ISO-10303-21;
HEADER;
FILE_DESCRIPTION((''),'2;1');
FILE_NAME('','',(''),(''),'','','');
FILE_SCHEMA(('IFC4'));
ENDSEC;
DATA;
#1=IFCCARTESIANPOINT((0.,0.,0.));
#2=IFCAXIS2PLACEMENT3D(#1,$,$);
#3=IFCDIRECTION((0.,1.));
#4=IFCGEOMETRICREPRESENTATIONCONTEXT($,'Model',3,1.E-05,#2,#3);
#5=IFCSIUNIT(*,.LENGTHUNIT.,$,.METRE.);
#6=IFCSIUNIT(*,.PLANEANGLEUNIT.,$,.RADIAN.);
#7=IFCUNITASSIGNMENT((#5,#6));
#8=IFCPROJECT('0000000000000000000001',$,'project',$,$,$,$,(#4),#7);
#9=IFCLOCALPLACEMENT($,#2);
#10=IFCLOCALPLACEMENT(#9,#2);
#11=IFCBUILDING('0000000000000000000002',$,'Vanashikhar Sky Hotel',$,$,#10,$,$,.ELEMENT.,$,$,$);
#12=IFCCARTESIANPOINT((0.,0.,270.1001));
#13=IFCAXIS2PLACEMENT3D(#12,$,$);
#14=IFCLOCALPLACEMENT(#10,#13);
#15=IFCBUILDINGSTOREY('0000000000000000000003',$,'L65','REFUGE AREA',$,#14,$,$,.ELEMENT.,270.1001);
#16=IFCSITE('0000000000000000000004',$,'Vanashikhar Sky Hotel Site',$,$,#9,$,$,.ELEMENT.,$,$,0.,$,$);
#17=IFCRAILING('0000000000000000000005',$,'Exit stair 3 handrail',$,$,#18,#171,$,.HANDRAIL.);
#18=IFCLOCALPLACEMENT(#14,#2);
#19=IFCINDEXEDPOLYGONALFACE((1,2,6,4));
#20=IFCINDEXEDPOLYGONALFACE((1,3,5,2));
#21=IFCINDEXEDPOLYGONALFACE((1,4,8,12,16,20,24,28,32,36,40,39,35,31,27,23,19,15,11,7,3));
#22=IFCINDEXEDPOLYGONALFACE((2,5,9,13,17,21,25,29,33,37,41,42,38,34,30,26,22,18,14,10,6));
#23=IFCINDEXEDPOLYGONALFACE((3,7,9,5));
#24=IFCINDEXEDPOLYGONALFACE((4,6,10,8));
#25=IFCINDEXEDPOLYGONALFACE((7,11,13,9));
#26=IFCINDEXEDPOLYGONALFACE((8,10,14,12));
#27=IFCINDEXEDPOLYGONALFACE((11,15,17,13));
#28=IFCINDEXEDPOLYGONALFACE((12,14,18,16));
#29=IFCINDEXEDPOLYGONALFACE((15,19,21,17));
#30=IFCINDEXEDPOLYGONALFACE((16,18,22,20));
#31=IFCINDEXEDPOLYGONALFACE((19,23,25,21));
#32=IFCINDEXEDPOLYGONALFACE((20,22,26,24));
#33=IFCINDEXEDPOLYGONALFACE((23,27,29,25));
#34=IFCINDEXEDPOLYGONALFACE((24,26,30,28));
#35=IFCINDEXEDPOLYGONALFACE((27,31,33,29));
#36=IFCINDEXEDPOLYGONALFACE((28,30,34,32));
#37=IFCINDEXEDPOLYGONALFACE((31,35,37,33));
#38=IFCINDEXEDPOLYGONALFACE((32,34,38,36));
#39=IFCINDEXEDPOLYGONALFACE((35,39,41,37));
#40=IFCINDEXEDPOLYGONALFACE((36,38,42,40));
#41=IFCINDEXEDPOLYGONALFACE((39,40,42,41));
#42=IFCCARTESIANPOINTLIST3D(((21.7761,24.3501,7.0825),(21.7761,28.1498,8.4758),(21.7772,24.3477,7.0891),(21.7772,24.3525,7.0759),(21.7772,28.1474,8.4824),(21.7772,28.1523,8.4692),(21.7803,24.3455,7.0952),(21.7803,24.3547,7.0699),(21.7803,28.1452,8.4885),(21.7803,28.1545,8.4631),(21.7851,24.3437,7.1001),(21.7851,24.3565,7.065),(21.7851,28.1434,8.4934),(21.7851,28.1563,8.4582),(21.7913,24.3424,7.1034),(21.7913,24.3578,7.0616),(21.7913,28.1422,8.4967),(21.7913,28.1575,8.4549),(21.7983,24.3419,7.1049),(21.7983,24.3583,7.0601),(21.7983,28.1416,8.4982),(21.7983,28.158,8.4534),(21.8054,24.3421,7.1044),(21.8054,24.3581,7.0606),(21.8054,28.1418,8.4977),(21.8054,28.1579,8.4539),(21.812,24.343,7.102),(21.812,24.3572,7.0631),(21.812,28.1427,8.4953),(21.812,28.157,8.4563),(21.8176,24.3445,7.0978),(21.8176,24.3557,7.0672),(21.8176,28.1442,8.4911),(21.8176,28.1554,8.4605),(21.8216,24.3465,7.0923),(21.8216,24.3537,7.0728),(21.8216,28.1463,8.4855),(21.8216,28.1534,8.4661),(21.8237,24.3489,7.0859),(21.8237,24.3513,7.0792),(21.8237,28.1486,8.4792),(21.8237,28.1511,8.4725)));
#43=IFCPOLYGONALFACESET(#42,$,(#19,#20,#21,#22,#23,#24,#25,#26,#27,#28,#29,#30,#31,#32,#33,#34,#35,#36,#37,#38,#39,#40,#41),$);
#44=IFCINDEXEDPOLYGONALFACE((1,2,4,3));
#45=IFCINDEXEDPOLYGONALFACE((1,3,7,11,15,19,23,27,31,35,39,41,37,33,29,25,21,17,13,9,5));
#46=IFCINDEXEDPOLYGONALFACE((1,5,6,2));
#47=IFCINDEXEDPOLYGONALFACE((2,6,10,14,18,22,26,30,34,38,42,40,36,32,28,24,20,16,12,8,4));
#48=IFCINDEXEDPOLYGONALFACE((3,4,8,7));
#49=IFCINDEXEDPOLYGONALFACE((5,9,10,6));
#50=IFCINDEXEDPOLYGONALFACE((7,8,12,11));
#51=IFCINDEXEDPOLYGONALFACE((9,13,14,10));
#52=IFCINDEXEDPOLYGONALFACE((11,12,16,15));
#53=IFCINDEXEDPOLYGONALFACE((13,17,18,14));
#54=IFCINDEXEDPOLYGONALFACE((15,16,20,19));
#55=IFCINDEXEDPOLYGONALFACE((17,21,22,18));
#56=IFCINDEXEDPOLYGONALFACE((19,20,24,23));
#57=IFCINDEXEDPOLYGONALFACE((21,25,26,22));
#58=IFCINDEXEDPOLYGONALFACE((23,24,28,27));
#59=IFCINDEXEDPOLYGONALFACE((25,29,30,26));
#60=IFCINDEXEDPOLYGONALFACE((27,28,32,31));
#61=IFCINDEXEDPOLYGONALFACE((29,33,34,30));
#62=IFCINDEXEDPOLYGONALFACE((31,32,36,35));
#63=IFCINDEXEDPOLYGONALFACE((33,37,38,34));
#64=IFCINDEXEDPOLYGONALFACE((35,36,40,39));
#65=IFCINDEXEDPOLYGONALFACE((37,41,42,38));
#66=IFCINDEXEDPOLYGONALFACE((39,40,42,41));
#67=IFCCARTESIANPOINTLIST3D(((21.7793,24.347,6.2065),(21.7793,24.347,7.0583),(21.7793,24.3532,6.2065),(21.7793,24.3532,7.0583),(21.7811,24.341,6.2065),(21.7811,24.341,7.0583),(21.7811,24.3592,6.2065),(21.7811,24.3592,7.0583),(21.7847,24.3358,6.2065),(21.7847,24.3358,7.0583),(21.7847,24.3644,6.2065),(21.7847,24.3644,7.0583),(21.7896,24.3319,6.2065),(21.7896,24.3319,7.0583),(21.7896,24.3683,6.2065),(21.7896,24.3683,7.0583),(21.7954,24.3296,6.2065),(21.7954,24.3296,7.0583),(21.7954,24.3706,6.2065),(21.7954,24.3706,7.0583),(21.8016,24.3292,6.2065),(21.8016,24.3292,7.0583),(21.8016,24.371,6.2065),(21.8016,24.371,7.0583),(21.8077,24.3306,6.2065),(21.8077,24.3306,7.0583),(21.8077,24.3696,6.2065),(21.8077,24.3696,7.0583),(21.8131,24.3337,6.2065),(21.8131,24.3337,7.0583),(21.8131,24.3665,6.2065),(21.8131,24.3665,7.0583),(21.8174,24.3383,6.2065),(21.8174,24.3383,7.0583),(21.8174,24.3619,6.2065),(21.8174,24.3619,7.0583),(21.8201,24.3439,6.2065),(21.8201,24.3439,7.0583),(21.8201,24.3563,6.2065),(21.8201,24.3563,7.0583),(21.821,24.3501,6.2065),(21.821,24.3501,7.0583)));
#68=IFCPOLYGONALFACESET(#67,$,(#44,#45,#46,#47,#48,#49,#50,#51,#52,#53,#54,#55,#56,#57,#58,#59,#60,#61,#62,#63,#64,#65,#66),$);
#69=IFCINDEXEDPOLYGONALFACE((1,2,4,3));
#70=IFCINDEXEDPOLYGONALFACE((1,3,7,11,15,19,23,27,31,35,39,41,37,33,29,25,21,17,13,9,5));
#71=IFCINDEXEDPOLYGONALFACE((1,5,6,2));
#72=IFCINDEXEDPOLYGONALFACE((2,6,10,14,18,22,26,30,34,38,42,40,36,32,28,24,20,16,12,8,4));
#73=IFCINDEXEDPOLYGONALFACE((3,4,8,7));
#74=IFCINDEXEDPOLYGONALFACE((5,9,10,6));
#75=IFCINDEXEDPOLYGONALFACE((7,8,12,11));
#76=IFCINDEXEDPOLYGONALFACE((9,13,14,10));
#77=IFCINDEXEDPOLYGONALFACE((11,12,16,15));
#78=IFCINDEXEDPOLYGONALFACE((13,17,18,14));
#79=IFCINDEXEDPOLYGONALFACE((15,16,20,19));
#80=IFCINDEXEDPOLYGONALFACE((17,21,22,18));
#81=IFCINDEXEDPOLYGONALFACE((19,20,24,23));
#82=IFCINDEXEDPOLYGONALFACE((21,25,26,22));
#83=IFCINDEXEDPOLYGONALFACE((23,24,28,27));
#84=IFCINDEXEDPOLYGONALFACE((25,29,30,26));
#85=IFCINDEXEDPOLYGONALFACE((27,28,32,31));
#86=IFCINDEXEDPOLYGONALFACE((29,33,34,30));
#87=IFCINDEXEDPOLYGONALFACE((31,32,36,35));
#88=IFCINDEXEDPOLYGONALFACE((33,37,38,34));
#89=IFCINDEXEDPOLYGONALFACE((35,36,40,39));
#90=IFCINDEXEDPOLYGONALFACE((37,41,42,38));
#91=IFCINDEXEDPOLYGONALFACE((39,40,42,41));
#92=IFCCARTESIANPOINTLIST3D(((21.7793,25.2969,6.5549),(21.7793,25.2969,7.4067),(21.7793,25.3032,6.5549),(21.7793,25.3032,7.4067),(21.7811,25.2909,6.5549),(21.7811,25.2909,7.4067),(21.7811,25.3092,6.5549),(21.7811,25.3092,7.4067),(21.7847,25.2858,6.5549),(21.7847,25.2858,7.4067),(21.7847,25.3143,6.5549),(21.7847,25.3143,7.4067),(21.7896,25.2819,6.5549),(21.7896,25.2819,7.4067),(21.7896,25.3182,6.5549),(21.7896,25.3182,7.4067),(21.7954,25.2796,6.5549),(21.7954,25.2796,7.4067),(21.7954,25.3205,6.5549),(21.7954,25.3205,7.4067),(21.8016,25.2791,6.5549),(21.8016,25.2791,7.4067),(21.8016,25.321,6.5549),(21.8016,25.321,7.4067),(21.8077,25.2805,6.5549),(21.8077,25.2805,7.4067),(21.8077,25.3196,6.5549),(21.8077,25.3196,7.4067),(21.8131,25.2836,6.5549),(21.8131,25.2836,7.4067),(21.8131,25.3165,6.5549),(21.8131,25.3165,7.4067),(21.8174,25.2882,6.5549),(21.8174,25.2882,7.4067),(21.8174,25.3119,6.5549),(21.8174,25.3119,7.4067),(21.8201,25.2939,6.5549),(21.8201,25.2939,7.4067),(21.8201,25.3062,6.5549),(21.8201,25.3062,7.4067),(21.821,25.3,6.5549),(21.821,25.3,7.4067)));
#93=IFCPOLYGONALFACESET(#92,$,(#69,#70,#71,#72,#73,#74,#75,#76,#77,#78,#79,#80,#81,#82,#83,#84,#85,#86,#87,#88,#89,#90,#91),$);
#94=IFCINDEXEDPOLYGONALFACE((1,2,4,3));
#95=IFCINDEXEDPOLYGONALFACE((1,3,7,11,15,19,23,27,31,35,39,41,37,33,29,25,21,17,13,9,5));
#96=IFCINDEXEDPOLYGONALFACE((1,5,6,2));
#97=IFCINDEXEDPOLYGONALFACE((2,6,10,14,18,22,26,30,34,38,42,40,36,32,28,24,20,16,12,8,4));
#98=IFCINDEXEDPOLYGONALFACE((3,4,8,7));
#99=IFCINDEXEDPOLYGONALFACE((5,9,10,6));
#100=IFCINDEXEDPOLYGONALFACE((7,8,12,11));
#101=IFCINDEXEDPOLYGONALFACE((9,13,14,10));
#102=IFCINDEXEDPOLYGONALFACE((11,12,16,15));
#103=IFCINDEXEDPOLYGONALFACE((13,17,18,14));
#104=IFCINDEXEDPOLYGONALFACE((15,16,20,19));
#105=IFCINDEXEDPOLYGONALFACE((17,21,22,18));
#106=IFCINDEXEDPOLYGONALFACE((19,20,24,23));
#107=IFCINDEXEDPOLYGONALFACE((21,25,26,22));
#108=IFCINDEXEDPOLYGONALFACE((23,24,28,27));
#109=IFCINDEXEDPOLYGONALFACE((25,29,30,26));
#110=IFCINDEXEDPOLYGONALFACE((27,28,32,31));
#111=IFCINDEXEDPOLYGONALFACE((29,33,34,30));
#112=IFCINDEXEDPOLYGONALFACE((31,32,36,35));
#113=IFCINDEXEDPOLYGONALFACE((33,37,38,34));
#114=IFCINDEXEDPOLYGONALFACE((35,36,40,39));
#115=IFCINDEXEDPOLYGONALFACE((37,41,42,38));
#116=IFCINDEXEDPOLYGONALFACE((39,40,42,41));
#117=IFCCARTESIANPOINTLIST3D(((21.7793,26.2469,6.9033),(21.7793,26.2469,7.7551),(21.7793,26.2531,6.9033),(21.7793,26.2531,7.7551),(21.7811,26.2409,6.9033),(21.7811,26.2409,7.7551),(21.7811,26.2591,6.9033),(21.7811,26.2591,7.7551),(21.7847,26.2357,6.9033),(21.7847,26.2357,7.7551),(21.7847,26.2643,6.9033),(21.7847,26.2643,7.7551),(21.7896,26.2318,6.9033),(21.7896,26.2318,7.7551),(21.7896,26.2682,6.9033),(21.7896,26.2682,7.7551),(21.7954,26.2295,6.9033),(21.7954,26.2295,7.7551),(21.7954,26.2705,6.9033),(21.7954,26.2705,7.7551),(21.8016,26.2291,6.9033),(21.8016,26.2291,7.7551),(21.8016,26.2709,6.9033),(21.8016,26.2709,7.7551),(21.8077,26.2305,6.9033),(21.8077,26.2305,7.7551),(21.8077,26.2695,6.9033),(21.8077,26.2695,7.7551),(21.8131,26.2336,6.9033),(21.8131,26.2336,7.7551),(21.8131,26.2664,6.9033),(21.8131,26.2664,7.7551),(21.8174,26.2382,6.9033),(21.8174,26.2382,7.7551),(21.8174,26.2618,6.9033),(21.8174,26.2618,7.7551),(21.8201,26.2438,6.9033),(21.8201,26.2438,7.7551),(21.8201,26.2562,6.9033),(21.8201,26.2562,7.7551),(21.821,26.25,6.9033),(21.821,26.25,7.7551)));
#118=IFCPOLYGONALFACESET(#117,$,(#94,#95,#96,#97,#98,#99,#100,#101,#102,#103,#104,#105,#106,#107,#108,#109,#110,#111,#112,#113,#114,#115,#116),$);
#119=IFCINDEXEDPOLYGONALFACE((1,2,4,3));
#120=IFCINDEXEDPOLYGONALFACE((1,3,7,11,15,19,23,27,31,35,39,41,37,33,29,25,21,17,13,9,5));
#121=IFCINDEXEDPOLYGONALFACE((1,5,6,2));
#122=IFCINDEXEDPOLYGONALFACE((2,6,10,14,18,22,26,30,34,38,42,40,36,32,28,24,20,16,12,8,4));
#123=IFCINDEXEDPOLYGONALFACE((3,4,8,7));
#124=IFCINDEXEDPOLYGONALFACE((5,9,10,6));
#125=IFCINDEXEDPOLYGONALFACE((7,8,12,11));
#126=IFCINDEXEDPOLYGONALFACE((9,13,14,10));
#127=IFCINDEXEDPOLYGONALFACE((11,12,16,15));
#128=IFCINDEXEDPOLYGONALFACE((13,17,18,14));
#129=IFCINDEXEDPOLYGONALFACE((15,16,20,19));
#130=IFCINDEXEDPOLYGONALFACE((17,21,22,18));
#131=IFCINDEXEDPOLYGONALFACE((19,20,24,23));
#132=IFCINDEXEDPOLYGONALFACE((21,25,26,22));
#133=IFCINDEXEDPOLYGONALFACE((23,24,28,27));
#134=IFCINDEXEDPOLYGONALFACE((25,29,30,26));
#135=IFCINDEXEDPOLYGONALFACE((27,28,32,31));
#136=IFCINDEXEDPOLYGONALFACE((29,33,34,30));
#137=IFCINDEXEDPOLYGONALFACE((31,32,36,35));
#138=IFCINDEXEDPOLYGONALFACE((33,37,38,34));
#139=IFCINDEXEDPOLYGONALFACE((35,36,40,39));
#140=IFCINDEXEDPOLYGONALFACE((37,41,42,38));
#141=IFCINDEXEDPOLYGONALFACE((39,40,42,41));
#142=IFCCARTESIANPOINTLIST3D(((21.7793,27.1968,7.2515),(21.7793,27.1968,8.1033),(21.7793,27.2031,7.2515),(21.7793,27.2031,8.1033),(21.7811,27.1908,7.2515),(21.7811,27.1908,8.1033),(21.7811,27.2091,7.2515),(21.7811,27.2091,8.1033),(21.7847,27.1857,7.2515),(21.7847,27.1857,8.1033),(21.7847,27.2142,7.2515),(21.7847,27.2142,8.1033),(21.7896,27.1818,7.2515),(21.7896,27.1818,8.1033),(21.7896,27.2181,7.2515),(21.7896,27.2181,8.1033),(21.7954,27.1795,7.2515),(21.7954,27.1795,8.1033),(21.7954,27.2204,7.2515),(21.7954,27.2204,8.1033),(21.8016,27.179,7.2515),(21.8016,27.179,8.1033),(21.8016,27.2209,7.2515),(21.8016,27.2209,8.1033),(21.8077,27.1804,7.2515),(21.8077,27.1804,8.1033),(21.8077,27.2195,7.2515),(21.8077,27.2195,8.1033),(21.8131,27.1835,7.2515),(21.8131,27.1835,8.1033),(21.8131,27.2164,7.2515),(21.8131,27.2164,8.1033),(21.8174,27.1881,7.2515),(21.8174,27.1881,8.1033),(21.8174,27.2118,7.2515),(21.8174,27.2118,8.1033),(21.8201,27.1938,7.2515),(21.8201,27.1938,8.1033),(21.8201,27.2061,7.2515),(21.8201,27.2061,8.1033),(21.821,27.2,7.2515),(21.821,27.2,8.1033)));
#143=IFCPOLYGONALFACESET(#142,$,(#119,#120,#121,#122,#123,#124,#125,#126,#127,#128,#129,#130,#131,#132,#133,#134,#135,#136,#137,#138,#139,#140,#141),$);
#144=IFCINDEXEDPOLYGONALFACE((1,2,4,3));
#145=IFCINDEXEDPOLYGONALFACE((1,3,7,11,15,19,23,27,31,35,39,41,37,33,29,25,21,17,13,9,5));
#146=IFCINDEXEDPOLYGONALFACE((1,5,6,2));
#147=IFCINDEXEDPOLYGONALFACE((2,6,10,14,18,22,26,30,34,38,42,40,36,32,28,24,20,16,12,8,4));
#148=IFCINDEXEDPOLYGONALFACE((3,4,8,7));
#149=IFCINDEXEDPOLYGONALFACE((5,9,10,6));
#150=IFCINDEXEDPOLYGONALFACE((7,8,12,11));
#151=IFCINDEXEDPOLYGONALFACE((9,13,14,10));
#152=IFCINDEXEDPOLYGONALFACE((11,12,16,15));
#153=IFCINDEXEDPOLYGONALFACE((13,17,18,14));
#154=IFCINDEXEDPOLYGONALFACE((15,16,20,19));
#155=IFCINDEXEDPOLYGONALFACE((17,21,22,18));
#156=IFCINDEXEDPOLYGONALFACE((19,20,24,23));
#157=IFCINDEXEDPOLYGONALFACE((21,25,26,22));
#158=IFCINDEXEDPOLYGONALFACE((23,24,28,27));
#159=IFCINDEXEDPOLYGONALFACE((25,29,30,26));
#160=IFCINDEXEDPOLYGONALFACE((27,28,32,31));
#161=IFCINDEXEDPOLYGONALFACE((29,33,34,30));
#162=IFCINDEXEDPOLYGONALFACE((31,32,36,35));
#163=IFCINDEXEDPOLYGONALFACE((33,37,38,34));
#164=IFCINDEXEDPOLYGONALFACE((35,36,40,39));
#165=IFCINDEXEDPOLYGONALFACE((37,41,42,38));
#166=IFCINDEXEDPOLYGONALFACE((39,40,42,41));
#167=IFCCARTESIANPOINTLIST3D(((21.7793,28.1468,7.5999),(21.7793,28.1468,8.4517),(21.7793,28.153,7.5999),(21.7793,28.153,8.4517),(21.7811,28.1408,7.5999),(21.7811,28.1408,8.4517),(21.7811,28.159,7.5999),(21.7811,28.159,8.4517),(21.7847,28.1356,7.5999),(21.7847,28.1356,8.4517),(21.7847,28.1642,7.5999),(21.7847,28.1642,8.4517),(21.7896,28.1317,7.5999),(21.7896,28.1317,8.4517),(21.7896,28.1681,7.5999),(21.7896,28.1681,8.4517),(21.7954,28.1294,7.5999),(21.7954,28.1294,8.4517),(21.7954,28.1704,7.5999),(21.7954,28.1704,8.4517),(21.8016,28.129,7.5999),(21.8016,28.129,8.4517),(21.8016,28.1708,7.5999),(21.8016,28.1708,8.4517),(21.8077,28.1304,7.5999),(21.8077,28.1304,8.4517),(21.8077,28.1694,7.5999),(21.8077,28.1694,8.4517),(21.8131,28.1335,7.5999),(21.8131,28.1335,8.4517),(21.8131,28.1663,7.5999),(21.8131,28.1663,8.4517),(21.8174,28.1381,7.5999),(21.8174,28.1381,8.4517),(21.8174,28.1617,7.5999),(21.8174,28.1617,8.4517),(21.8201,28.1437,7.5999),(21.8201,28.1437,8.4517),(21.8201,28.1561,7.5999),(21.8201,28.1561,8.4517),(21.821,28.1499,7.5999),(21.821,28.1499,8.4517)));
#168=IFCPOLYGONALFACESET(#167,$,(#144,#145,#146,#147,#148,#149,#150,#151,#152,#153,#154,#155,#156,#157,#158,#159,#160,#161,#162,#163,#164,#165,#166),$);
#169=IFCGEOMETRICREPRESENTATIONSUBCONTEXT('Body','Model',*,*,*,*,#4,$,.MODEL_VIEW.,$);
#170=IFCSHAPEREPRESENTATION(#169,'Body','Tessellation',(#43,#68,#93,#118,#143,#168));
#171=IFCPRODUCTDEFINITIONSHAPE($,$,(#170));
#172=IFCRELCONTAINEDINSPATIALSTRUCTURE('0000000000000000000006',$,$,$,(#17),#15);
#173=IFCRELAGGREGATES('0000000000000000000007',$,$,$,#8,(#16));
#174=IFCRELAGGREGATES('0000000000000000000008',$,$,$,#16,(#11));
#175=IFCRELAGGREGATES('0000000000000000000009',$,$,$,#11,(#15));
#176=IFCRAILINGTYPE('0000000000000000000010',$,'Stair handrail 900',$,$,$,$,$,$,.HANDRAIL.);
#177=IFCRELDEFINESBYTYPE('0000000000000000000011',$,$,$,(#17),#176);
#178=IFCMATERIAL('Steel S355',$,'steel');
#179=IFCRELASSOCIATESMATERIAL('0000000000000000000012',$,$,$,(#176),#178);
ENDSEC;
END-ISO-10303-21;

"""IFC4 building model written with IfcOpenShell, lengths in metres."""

from ifc_helpers import new_model, si_unit, direction, frame, origin, origin_2d, place, context, subcontext, project, spatial, circle, extrude, source, transform, mapped, material, type_object, element, save


model = new_model("IFC4")

# Units and contexts
model_context = context("Model", 3, precision=1e-05, world=origin(), true_north=direction((0.0, 1.0)))
body_context = subcontext(model_context, "Body", "Model", "MODEL_VIEW")
ifc_project = project(units=[si_unit("LENGTHUNIT", "METRE"), si_unit("PLANEANGLEUNIT", "RADIAN")], contexts=[model_context])

# Site, building, storey
site_placement = place(None, origin())
site = spatial("IfcSite", under=ifc_project, at=site_placement, Name="Vanashikhar Sky Hotel Site", CompositionType="ELEMENT", RefElevation=0.0)
building_placement = place(site_placement, origin())
building = spatial("IfcBuilding", under=site, at=building_placement, Name="Vanashikhar Sky Hotel", CompositionType="ELEMENT")
storey_placement = place(building_placement, frame((0.0, 0.0, 270.1001)))
storey = spatial("IfcBuildingStorey", under=building, at=storey_placement, Name="L65", Description="REFUGE AREA", CompositionType="ELEMENT", Elevation=270.1001)

# Railing
ifc_material_1 = material(Name="Steel S355", Category="steel")
railing_type_1 = type_object("IfcRailingType", Name="Stair handrail 900", PredefinedType="HANDRAIL", material=ifc_material_1)
shared_shape_1 = source(origin(), body_context, "Body", "SweptSolid", [
    extrude(circle(Radius=0.0239, at=origin_2d()), frame((0.0, 0.0, 0.876), z_axis=(0.0, 0.938872, 0.344265), x_axis=(-1.0, 0.0, 0.0)), (0.0, 0.0, 1.0), 4.0471),
    extrude(circle(Radius=0.021, at=origin_2d()), origin(), (0.0, 0.0, 1.0), 0.8518),
    extrude(circle(Radius=0.021, at=origin_2d()), frame((0.0, 0.95, 0.3484)), (0.0, 0.0, 1.0), 0.8518),
    extrude(circle(Radius=0.021, at=origin_2d()), frame((0.0, 1.8999, 0.6968)), (0.0, 0.0, 1.0), 0.8518),
    extrude(circle(Radius=0.021, at=origin_2d()), frame((0.0, 2.8499, 1.0449)), (0.0, 0.0, 1.0), 0.8518),
    extrude(circle(Radius=0.021, at=origin_2d()), frame((0.0, 3.7998, 1.3933)), (0.0, 0.0, 1.0), 0.8518),
])
for number, where, name in (
    (1, (21.8, 24.3501, 6.2065), "Exit stair 3 handrail"),
):
    element("IfcRailing", number, at=place(storey_placement, frame(where)), inside=storey, type_object=railing_type_1, Name=name, PredefinedType="HANDRAIL", context=body_context, shape_type="MappedRepresentation", body=[
        mapped(shared_shape_1, transform((0.0, 0.0, 0.0), scale=1.0)),
    ])

save(model, "model.ifc")
